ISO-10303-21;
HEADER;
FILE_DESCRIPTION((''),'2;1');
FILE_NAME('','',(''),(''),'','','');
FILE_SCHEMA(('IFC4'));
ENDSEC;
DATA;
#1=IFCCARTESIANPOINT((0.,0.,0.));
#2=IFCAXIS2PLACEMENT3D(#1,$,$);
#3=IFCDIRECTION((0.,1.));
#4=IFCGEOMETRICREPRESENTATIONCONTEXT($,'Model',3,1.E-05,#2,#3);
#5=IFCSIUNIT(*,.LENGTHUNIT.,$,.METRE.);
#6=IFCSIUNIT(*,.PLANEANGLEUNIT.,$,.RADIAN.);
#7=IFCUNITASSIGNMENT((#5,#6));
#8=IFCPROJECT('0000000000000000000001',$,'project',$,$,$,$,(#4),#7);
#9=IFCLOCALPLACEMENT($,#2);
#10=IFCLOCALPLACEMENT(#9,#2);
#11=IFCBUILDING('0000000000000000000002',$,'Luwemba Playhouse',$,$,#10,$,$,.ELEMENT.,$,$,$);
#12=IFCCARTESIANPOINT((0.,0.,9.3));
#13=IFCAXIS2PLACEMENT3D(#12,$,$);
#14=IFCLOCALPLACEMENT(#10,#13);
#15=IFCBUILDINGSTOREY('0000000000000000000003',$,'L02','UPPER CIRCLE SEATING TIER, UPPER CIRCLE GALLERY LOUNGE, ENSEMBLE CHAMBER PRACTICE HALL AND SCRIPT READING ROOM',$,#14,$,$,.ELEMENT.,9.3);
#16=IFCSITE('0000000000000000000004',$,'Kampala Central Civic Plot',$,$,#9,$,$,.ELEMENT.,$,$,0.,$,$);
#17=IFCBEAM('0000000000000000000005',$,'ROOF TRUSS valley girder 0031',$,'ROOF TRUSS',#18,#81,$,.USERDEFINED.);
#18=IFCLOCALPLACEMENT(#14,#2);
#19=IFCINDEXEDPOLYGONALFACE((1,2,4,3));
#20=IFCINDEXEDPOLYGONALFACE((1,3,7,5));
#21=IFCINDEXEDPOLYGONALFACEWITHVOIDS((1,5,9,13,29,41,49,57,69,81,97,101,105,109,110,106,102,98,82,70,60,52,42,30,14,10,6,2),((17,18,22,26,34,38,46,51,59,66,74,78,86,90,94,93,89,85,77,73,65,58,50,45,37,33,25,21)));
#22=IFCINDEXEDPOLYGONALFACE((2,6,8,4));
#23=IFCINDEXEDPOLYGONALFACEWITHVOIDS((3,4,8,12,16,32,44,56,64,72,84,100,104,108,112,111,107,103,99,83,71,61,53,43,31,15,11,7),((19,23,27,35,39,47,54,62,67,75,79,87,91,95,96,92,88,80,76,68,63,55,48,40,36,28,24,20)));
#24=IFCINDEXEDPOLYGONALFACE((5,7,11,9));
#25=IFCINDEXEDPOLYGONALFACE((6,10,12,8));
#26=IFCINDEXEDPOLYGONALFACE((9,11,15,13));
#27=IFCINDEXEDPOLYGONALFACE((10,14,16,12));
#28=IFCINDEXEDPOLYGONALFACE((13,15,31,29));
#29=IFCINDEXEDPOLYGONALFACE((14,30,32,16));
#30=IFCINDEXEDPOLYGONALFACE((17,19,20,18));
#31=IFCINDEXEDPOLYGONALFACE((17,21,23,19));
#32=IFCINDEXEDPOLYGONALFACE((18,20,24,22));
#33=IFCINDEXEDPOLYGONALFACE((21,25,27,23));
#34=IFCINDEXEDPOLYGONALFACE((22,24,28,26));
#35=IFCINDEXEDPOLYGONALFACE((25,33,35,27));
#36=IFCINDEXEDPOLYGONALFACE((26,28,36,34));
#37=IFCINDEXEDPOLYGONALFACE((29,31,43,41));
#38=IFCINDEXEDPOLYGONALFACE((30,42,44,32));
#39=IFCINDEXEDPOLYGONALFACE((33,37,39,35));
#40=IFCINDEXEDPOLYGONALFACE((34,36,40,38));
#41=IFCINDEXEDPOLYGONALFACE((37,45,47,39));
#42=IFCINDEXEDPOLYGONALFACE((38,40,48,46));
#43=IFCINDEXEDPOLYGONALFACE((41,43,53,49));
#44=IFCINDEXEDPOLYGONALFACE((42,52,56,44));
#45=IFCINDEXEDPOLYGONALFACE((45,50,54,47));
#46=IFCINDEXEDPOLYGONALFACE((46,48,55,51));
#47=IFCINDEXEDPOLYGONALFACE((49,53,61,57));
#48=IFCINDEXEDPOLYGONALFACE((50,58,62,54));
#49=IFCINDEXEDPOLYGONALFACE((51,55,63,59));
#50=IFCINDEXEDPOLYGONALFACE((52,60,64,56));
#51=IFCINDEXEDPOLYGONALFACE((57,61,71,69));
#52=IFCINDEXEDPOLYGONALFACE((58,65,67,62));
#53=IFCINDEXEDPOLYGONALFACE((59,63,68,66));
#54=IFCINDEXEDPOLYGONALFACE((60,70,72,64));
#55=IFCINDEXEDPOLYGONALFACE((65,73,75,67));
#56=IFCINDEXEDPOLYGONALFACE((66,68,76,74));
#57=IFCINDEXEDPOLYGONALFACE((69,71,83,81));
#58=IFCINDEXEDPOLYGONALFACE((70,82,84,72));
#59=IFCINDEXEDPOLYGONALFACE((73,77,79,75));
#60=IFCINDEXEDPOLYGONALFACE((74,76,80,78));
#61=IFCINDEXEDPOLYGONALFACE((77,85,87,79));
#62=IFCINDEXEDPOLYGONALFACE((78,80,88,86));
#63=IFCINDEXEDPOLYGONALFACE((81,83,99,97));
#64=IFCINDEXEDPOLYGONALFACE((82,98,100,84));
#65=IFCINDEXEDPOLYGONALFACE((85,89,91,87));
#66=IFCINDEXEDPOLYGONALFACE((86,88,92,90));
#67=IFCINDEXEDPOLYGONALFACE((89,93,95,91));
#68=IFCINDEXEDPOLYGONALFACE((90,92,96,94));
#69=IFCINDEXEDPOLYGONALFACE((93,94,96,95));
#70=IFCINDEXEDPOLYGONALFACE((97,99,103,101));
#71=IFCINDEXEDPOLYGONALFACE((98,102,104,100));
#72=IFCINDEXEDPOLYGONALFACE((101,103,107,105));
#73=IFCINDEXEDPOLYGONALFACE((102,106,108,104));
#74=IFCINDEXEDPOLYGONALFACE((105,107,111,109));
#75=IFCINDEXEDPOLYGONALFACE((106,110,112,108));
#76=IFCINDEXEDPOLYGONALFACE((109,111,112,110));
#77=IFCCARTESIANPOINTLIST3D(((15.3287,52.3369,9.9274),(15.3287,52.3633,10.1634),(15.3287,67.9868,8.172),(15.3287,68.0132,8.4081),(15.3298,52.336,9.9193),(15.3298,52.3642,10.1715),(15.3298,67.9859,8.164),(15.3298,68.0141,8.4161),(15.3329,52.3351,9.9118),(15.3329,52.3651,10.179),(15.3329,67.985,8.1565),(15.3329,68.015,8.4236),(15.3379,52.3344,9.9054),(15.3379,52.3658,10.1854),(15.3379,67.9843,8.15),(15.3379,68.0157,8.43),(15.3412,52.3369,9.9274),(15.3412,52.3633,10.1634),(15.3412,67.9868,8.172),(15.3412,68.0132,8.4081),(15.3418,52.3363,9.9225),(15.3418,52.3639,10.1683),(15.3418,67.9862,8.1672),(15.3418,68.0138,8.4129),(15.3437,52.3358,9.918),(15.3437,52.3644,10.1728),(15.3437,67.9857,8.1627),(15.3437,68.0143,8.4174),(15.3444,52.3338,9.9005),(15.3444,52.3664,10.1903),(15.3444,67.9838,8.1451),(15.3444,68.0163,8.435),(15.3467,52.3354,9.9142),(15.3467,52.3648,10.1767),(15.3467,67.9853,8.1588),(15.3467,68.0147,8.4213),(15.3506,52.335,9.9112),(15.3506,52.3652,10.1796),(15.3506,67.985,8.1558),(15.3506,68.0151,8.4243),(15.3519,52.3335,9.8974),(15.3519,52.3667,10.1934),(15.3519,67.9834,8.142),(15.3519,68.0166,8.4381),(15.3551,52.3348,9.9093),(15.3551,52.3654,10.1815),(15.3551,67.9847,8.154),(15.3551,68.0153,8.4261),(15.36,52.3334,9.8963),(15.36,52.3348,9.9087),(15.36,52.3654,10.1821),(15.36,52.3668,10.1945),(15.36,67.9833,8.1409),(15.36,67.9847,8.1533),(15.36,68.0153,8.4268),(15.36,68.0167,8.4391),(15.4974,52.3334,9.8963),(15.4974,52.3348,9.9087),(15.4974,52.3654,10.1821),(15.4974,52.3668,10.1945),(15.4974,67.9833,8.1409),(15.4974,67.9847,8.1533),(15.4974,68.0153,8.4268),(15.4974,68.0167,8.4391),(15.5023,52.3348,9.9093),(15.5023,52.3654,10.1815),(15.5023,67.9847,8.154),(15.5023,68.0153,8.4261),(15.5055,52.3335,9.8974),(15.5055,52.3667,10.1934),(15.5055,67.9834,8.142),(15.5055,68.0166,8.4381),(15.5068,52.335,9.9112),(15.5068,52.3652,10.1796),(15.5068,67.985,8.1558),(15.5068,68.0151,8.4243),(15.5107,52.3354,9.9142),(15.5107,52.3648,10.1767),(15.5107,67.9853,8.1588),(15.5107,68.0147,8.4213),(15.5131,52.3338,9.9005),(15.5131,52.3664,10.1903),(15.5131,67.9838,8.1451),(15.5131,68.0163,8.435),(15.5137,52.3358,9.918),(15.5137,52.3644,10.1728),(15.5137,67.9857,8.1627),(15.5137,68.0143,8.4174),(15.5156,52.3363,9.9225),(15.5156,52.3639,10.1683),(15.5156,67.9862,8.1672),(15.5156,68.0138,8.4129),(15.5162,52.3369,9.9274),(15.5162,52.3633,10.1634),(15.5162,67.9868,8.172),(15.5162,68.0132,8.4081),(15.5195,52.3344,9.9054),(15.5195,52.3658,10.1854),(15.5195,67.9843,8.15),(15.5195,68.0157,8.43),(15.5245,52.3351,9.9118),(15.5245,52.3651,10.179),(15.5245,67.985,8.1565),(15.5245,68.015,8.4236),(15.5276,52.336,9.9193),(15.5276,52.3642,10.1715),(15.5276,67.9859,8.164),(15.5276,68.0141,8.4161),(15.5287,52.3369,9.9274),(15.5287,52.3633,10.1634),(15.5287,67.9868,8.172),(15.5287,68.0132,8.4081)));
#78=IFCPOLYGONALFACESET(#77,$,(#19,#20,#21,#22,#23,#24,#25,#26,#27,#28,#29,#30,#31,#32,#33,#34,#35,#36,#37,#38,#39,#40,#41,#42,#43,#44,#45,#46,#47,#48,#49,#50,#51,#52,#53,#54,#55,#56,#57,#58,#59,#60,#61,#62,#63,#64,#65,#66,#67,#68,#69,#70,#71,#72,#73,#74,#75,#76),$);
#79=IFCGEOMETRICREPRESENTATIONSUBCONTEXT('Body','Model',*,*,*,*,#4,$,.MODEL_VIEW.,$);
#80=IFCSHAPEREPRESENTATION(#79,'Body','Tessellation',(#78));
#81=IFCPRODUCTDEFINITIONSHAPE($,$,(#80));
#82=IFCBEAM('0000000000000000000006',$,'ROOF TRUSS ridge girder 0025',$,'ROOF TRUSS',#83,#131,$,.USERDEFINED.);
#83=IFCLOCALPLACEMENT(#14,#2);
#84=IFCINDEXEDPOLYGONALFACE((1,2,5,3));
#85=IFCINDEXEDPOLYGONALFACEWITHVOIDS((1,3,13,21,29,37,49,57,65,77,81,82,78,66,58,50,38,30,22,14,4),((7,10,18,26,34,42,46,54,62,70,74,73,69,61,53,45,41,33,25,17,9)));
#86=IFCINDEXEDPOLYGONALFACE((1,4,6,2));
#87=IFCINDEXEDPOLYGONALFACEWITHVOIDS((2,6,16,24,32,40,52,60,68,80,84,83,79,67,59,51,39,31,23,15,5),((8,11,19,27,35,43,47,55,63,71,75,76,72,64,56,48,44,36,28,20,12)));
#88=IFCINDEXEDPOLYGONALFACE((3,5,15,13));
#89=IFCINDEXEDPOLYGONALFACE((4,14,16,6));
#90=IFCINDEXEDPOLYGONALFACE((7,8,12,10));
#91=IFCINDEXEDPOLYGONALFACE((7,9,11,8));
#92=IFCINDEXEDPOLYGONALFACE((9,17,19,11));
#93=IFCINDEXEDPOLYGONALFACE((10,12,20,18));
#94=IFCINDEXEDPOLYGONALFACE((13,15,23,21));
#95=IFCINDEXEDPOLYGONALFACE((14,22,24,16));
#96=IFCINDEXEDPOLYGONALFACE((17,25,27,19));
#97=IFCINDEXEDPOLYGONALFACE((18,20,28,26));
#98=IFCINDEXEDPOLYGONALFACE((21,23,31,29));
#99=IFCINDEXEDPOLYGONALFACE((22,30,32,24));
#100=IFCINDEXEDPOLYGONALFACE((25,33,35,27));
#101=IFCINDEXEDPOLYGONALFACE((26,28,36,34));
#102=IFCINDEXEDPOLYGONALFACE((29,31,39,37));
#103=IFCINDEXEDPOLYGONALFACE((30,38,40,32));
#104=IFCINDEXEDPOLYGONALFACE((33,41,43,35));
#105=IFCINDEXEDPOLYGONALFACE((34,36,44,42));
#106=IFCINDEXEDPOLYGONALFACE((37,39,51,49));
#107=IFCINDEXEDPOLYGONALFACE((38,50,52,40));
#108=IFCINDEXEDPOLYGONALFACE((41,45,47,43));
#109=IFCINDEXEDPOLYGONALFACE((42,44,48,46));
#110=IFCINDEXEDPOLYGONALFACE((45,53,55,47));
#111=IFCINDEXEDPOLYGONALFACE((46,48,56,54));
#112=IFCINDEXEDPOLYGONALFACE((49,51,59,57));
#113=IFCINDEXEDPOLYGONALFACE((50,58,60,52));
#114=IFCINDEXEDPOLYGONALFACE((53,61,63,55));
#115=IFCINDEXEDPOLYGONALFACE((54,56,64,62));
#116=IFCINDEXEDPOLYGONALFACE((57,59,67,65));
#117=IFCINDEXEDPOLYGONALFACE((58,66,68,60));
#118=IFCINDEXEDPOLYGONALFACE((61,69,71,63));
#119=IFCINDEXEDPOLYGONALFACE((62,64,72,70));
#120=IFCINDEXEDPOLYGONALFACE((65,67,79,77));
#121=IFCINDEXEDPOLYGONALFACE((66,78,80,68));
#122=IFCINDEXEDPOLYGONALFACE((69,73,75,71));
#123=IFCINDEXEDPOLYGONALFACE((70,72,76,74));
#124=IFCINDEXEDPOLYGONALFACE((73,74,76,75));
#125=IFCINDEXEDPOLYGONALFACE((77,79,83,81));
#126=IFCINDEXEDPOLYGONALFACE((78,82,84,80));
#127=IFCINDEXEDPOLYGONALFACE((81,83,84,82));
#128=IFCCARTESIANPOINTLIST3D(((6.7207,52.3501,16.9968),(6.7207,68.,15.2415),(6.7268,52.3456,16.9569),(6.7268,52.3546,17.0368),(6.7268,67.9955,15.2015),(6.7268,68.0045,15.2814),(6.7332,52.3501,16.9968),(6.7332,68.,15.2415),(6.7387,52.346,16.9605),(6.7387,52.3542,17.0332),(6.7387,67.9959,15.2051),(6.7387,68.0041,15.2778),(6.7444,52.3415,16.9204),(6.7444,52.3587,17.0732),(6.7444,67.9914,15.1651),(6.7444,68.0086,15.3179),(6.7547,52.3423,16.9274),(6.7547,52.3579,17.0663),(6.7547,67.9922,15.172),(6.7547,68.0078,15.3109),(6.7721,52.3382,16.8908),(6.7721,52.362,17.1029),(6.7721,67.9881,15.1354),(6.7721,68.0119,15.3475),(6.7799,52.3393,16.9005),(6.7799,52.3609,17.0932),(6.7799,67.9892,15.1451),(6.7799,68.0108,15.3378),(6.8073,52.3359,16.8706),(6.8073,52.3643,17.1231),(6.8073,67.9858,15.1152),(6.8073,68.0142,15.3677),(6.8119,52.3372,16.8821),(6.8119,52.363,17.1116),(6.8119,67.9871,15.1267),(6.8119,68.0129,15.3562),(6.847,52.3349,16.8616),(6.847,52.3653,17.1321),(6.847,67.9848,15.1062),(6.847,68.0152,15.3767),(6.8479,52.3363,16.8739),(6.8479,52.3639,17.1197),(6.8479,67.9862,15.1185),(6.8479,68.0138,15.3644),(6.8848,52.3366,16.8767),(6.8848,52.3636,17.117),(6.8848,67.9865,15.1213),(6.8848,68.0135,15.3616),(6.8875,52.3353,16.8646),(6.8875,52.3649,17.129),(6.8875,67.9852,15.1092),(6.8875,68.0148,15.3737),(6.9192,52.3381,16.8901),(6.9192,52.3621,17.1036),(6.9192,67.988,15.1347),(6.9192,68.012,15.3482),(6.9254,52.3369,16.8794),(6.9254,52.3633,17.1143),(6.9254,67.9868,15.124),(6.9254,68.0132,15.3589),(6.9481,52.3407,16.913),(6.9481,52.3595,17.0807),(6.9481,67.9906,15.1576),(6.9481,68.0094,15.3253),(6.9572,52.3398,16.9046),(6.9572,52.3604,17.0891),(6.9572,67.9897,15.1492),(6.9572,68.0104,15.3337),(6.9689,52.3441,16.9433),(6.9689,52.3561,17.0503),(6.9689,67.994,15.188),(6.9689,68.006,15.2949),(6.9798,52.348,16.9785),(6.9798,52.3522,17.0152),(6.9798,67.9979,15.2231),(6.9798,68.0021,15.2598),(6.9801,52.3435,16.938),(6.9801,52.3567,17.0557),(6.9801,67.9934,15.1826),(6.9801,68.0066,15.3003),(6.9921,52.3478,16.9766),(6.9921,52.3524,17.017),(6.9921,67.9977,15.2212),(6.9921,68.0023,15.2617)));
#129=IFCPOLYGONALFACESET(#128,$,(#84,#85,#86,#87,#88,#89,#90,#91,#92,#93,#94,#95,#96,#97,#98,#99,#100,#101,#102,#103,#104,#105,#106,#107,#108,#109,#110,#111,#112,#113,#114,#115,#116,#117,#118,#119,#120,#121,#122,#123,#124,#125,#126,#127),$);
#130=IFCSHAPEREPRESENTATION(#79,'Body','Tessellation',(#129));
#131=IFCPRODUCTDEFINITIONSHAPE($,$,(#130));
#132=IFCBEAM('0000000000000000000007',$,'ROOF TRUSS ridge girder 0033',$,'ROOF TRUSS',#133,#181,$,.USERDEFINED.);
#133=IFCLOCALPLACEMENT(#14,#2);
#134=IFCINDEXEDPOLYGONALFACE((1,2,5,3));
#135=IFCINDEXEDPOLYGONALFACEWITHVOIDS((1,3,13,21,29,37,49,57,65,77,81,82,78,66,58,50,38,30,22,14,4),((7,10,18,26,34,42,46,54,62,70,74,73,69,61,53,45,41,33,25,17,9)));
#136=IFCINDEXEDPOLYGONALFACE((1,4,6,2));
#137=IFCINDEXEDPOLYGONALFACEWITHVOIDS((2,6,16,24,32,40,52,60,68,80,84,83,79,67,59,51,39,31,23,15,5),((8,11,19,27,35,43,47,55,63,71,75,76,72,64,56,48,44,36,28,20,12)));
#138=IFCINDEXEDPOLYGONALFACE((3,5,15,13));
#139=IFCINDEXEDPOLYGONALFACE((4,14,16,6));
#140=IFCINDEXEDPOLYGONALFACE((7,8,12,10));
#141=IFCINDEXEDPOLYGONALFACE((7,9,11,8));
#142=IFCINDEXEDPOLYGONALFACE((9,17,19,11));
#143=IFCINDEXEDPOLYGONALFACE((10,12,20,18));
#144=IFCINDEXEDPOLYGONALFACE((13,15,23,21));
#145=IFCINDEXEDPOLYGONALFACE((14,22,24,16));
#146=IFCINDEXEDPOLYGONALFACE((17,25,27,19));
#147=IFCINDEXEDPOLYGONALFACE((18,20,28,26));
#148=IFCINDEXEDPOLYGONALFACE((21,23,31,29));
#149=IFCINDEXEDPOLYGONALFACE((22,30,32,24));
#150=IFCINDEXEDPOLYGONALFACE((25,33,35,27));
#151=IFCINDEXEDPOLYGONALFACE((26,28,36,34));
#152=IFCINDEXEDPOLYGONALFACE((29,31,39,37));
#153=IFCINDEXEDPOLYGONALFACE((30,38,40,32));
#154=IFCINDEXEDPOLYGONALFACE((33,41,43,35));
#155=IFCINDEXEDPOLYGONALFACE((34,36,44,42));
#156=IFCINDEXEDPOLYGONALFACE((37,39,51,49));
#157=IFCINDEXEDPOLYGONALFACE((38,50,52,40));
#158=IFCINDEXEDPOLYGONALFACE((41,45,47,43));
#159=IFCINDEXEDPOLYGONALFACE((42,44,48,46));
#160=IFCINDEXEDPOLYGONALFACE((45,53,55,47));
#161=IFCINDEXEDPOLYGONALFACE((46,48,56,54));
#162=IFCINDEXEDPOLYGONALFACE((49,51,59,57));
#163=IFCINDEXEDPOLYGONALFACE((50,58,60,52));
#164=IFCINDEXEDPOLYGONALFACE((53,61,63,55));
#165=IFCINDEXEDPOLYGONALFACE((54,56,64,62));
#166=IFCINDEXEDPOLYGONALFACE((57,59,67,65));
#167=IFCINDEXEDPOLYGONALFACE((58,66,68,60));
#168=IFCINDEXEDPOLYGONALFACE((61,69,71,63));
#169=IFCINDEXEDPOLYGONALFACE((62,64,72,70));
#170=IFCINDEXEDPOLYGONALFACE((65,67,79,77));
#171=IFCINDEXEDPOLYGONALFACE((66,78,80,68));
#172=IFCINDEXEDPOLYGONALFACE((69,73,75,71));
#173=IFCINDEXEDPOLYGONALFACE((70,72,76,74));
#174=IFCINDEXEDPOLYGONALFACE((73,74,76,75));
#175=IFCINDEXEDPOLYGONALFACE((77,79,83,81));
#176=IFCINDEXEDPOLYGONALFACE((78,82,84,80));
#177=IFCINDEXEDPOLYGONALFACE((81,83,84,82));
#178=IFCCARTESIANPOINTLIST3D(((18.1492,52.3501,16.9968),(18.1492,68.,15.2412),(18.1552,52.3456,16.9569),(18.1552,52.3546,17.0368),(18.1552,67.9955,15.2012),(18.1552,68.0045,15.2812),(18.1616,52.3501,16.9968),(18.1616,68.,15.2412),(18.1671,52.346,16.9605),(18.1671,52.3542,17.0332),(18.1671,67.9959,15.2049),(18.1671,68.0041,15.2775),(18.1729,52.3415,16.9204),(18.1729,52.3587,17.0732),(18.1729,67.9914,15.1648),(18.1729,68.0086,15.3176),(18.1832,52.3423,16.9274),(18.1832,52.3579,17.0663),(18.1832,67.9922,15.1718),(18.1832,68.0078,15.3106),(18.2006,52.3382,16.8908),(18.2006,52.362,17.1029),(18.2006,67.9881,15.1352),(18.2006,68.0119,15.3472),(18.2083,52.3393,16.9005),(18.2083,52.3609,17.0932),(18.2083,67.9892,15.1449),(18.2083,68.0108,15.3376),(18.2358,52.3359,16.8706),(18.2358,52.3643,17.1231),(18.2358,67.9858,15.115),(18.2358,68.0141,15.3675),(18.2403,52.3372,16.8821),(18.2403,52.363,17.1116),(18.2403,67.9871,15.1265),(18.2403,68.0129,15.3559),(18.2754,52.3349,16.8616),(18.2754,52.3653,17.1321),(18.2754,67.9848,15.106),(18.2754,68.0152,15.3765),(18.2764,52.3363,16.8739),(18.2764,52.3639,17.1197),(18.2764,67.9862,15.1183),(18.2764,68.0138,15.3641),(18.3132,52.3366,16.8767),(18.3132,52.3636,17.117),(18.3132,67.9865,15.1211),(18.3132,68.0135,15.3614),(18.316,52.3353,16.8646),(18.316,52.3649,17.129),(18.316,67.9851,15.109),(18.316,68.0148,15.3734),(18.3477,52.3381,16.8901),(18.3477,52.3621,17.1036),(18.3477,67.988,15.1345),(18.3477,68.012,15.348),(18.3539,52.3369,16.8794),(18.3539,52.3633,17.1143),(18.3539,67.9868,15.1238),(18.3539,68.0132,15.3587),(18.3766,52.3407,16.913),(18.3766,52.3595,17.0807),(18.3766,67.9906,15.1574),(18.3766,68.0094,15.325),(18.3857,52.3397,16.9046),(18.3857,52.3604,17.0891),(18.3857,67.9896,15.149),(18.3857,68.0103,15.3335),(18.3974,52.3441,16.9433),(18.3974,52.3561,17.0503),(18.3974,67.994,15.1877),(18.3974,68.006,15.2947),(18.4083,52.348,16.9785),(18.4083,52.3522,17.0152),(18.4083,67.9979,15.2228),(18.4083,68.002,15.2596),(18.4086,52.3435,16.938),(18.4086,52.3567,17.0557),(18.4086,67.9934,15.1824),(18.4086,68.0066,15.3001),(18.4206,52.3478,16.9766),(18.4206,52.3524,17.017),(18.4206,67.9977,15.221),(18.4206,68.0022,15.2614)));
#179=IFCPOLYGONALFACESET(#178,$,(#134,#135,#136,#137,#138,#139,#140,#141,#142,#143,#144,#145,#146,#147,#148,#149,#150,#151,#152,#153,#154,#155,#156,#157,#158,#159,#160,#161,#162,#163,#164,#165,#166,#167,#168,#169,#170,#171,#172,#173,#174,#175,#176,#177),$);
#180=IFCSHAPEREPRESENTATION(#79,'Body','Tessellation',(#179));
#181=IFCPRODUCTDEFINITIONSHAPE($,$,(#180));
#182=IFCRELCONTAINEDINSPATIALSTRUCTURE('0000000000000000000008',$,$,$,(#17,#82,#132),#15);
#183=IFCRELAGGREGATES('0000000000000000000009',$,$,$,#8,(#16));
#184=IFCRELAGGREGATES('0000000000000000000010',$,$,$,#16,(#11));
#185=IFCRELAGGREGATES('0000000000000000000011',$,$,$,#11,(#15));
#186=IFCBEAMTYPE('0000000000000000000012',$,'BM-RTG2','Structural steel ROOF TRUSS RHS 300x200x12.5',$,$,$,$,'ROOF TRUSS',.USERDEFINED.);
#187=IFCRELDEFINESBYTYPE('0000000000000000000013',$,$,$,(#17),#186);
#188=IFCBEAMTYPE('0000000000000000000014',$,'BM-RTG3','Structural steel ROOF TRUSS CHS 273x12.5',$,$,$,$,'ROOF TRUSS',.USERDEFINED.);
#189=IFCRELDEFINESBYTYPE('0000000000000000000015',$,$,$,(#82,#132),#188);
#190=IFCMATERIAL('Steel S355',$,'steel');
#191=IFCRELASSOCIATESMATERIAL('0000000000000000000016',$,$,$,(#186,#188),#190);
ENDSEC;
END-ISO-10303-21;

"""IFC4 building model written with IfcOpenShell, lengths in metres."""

from ifc_helpers import new_model, si_unit, direction, frame, origin, origin_2d, place, context, subcontext, project, spatial, hollow_rectangle, hollow_circle, extrude, material, material_profile, profile_set, type_object, element, save


model = new_model("IFC4")

# Units and contexts
model_context = context("Model", 3, precision=1e-05, world=origin(), true_north=direction((0.0, 1.0)))
body_context = subcontext(model_context, "Body", "Model", "MODEL_VIEW")
ifc_project = project(units=[si_unit("LENGTHUNIT", "METRE"), si_unit("PLANEANGLEUNIT", "RADIAN")], contexts=[model_context])

# Site, building, storey
site_placement = place(None, origin())
site = spatial("IfcSite", under=ifc_project, at=site_placement, Name="Kampala Central Civic Plot", CompositionType="ELEMENT", RefElevation=0.0)
building_placement = place(site_placement, origin())
building = spatial("IfcBuilding", under=site, at=building_placement, Name="Luwemba Playhouse", CompositionType="ELEMENT")
storey_placement = place(building_placement, frame((0.0, 0.0, 9.3)))
storey = spatial("IfcBuildingStorey", under=building, at=storey_placement, Name="L02", Description="UPPER CIRCLE SEATING TIER, UPPER CIRCLE GALLERY LOUNGE, ENSEMBLE CHAMBER PRACTICE HALL AND SCRIPT READING ROOM", CompositionType="ELEMENT", Elevation=9.3)

# Beams
ifc_material_1 = material(Name="Steel S355", Category="steel")
ifc_material_profile_1 = material_profile(ifc_material_1, hollow_rectangle(XDim=0.2, YDim=0.3, WallThickness=0.0125, InnerFilletRadius=0.0188, OuterFilletRadius=0.0312, at=origin_2d()))
ifc_profile_set_1 = profile_set([ifc_material_profile_1], Name="Steel S355")
beam_type_1 = type_object("IfcBeamType", Name="BM-RTG2", Description="Structural steel ROOF TRUSS RHS 300x200x12.5", ElementType="ROOF TRUSS", PredefinedType="USERDEFINED", material=ifc_profile_set_1)
for number, where, z_axis, x_axis, name in (
    (1, (15.4287, 52.3501, 10.0454), (0.0, 0.993768, -0.111466), (-1.0, 0.0, 0.0), "ROOF TRUSS valley girder 0031"),
):
    element("IfcBeam", number, at=place(storey_placement, frame(where, z_axis=z_axis, x_axis=x_axis)), inside=storey, type_object=beam_type_1, Name=name, ObjectType="ROOF TRUSS", PredefinedType="USERDEFINED", context=body_context, shape_type="SweptSolid", body=[
        extrude(hollow_rectangle(XDim=0.2, YDim=0.3, WallThickness=0.0125, InnerFilletRadius=0.0188, OuterFilletRadius=0.0312, at=origin_2d()), origin(), (0.0, 0.0, 1.0), 15.748),
    ])
ifc_material_profile_2 = material_profile(ifc_material_1, hollow_circle(Radius=0.1365, WallThickness=0.0125, at=origin_2d()))
ifc_profile_set_2 = profile_set([ifc_material_profile_2], Name="Steel S355")
beam_type_2 = type_object("IfcBeamType", Name="BM-RTG3", Description="Structural steel ROOF TRUSS CHS 273x12.5", ElementType="ROOF TRUSS", PredefinedType="USERDEFINED", material=ifc_profile_set_2)
for number, where, z_axis, x_axis, name in (
    (2, (6.8572, 52.3501, 16.9968), (0.0, 0.993768, -0.111466), (-1.0, 0.0, 0.0), "ROOF TRUSS ridge girder 0025"),
    (3, (18.2856, 52.3501, 16.9968), (0.0, 0.993767, -0.111481), (-1.0, 0.0, 0.0), "ROOF TRUSS ridge girder 0033"),
):
    element("IfcBeam", number, at=place(storey_placement, frame(where, z_axis=z_axis, x_axis=x_axis)), inside=storey, type_object=beam_type_2, Name=name, ObjectType="ROOF TRUSS", PredefinedType="USERDEFINED", context=body_context, shape_type="SweptSolid", body=[
        extrude(hollow_circle(Radius=0.1365, WallThickness=0.0125, at=origin_2d()), origin(), (0.0, 0.0, 1.0), 15.748),
    ])

save(model, "model.ifc")
